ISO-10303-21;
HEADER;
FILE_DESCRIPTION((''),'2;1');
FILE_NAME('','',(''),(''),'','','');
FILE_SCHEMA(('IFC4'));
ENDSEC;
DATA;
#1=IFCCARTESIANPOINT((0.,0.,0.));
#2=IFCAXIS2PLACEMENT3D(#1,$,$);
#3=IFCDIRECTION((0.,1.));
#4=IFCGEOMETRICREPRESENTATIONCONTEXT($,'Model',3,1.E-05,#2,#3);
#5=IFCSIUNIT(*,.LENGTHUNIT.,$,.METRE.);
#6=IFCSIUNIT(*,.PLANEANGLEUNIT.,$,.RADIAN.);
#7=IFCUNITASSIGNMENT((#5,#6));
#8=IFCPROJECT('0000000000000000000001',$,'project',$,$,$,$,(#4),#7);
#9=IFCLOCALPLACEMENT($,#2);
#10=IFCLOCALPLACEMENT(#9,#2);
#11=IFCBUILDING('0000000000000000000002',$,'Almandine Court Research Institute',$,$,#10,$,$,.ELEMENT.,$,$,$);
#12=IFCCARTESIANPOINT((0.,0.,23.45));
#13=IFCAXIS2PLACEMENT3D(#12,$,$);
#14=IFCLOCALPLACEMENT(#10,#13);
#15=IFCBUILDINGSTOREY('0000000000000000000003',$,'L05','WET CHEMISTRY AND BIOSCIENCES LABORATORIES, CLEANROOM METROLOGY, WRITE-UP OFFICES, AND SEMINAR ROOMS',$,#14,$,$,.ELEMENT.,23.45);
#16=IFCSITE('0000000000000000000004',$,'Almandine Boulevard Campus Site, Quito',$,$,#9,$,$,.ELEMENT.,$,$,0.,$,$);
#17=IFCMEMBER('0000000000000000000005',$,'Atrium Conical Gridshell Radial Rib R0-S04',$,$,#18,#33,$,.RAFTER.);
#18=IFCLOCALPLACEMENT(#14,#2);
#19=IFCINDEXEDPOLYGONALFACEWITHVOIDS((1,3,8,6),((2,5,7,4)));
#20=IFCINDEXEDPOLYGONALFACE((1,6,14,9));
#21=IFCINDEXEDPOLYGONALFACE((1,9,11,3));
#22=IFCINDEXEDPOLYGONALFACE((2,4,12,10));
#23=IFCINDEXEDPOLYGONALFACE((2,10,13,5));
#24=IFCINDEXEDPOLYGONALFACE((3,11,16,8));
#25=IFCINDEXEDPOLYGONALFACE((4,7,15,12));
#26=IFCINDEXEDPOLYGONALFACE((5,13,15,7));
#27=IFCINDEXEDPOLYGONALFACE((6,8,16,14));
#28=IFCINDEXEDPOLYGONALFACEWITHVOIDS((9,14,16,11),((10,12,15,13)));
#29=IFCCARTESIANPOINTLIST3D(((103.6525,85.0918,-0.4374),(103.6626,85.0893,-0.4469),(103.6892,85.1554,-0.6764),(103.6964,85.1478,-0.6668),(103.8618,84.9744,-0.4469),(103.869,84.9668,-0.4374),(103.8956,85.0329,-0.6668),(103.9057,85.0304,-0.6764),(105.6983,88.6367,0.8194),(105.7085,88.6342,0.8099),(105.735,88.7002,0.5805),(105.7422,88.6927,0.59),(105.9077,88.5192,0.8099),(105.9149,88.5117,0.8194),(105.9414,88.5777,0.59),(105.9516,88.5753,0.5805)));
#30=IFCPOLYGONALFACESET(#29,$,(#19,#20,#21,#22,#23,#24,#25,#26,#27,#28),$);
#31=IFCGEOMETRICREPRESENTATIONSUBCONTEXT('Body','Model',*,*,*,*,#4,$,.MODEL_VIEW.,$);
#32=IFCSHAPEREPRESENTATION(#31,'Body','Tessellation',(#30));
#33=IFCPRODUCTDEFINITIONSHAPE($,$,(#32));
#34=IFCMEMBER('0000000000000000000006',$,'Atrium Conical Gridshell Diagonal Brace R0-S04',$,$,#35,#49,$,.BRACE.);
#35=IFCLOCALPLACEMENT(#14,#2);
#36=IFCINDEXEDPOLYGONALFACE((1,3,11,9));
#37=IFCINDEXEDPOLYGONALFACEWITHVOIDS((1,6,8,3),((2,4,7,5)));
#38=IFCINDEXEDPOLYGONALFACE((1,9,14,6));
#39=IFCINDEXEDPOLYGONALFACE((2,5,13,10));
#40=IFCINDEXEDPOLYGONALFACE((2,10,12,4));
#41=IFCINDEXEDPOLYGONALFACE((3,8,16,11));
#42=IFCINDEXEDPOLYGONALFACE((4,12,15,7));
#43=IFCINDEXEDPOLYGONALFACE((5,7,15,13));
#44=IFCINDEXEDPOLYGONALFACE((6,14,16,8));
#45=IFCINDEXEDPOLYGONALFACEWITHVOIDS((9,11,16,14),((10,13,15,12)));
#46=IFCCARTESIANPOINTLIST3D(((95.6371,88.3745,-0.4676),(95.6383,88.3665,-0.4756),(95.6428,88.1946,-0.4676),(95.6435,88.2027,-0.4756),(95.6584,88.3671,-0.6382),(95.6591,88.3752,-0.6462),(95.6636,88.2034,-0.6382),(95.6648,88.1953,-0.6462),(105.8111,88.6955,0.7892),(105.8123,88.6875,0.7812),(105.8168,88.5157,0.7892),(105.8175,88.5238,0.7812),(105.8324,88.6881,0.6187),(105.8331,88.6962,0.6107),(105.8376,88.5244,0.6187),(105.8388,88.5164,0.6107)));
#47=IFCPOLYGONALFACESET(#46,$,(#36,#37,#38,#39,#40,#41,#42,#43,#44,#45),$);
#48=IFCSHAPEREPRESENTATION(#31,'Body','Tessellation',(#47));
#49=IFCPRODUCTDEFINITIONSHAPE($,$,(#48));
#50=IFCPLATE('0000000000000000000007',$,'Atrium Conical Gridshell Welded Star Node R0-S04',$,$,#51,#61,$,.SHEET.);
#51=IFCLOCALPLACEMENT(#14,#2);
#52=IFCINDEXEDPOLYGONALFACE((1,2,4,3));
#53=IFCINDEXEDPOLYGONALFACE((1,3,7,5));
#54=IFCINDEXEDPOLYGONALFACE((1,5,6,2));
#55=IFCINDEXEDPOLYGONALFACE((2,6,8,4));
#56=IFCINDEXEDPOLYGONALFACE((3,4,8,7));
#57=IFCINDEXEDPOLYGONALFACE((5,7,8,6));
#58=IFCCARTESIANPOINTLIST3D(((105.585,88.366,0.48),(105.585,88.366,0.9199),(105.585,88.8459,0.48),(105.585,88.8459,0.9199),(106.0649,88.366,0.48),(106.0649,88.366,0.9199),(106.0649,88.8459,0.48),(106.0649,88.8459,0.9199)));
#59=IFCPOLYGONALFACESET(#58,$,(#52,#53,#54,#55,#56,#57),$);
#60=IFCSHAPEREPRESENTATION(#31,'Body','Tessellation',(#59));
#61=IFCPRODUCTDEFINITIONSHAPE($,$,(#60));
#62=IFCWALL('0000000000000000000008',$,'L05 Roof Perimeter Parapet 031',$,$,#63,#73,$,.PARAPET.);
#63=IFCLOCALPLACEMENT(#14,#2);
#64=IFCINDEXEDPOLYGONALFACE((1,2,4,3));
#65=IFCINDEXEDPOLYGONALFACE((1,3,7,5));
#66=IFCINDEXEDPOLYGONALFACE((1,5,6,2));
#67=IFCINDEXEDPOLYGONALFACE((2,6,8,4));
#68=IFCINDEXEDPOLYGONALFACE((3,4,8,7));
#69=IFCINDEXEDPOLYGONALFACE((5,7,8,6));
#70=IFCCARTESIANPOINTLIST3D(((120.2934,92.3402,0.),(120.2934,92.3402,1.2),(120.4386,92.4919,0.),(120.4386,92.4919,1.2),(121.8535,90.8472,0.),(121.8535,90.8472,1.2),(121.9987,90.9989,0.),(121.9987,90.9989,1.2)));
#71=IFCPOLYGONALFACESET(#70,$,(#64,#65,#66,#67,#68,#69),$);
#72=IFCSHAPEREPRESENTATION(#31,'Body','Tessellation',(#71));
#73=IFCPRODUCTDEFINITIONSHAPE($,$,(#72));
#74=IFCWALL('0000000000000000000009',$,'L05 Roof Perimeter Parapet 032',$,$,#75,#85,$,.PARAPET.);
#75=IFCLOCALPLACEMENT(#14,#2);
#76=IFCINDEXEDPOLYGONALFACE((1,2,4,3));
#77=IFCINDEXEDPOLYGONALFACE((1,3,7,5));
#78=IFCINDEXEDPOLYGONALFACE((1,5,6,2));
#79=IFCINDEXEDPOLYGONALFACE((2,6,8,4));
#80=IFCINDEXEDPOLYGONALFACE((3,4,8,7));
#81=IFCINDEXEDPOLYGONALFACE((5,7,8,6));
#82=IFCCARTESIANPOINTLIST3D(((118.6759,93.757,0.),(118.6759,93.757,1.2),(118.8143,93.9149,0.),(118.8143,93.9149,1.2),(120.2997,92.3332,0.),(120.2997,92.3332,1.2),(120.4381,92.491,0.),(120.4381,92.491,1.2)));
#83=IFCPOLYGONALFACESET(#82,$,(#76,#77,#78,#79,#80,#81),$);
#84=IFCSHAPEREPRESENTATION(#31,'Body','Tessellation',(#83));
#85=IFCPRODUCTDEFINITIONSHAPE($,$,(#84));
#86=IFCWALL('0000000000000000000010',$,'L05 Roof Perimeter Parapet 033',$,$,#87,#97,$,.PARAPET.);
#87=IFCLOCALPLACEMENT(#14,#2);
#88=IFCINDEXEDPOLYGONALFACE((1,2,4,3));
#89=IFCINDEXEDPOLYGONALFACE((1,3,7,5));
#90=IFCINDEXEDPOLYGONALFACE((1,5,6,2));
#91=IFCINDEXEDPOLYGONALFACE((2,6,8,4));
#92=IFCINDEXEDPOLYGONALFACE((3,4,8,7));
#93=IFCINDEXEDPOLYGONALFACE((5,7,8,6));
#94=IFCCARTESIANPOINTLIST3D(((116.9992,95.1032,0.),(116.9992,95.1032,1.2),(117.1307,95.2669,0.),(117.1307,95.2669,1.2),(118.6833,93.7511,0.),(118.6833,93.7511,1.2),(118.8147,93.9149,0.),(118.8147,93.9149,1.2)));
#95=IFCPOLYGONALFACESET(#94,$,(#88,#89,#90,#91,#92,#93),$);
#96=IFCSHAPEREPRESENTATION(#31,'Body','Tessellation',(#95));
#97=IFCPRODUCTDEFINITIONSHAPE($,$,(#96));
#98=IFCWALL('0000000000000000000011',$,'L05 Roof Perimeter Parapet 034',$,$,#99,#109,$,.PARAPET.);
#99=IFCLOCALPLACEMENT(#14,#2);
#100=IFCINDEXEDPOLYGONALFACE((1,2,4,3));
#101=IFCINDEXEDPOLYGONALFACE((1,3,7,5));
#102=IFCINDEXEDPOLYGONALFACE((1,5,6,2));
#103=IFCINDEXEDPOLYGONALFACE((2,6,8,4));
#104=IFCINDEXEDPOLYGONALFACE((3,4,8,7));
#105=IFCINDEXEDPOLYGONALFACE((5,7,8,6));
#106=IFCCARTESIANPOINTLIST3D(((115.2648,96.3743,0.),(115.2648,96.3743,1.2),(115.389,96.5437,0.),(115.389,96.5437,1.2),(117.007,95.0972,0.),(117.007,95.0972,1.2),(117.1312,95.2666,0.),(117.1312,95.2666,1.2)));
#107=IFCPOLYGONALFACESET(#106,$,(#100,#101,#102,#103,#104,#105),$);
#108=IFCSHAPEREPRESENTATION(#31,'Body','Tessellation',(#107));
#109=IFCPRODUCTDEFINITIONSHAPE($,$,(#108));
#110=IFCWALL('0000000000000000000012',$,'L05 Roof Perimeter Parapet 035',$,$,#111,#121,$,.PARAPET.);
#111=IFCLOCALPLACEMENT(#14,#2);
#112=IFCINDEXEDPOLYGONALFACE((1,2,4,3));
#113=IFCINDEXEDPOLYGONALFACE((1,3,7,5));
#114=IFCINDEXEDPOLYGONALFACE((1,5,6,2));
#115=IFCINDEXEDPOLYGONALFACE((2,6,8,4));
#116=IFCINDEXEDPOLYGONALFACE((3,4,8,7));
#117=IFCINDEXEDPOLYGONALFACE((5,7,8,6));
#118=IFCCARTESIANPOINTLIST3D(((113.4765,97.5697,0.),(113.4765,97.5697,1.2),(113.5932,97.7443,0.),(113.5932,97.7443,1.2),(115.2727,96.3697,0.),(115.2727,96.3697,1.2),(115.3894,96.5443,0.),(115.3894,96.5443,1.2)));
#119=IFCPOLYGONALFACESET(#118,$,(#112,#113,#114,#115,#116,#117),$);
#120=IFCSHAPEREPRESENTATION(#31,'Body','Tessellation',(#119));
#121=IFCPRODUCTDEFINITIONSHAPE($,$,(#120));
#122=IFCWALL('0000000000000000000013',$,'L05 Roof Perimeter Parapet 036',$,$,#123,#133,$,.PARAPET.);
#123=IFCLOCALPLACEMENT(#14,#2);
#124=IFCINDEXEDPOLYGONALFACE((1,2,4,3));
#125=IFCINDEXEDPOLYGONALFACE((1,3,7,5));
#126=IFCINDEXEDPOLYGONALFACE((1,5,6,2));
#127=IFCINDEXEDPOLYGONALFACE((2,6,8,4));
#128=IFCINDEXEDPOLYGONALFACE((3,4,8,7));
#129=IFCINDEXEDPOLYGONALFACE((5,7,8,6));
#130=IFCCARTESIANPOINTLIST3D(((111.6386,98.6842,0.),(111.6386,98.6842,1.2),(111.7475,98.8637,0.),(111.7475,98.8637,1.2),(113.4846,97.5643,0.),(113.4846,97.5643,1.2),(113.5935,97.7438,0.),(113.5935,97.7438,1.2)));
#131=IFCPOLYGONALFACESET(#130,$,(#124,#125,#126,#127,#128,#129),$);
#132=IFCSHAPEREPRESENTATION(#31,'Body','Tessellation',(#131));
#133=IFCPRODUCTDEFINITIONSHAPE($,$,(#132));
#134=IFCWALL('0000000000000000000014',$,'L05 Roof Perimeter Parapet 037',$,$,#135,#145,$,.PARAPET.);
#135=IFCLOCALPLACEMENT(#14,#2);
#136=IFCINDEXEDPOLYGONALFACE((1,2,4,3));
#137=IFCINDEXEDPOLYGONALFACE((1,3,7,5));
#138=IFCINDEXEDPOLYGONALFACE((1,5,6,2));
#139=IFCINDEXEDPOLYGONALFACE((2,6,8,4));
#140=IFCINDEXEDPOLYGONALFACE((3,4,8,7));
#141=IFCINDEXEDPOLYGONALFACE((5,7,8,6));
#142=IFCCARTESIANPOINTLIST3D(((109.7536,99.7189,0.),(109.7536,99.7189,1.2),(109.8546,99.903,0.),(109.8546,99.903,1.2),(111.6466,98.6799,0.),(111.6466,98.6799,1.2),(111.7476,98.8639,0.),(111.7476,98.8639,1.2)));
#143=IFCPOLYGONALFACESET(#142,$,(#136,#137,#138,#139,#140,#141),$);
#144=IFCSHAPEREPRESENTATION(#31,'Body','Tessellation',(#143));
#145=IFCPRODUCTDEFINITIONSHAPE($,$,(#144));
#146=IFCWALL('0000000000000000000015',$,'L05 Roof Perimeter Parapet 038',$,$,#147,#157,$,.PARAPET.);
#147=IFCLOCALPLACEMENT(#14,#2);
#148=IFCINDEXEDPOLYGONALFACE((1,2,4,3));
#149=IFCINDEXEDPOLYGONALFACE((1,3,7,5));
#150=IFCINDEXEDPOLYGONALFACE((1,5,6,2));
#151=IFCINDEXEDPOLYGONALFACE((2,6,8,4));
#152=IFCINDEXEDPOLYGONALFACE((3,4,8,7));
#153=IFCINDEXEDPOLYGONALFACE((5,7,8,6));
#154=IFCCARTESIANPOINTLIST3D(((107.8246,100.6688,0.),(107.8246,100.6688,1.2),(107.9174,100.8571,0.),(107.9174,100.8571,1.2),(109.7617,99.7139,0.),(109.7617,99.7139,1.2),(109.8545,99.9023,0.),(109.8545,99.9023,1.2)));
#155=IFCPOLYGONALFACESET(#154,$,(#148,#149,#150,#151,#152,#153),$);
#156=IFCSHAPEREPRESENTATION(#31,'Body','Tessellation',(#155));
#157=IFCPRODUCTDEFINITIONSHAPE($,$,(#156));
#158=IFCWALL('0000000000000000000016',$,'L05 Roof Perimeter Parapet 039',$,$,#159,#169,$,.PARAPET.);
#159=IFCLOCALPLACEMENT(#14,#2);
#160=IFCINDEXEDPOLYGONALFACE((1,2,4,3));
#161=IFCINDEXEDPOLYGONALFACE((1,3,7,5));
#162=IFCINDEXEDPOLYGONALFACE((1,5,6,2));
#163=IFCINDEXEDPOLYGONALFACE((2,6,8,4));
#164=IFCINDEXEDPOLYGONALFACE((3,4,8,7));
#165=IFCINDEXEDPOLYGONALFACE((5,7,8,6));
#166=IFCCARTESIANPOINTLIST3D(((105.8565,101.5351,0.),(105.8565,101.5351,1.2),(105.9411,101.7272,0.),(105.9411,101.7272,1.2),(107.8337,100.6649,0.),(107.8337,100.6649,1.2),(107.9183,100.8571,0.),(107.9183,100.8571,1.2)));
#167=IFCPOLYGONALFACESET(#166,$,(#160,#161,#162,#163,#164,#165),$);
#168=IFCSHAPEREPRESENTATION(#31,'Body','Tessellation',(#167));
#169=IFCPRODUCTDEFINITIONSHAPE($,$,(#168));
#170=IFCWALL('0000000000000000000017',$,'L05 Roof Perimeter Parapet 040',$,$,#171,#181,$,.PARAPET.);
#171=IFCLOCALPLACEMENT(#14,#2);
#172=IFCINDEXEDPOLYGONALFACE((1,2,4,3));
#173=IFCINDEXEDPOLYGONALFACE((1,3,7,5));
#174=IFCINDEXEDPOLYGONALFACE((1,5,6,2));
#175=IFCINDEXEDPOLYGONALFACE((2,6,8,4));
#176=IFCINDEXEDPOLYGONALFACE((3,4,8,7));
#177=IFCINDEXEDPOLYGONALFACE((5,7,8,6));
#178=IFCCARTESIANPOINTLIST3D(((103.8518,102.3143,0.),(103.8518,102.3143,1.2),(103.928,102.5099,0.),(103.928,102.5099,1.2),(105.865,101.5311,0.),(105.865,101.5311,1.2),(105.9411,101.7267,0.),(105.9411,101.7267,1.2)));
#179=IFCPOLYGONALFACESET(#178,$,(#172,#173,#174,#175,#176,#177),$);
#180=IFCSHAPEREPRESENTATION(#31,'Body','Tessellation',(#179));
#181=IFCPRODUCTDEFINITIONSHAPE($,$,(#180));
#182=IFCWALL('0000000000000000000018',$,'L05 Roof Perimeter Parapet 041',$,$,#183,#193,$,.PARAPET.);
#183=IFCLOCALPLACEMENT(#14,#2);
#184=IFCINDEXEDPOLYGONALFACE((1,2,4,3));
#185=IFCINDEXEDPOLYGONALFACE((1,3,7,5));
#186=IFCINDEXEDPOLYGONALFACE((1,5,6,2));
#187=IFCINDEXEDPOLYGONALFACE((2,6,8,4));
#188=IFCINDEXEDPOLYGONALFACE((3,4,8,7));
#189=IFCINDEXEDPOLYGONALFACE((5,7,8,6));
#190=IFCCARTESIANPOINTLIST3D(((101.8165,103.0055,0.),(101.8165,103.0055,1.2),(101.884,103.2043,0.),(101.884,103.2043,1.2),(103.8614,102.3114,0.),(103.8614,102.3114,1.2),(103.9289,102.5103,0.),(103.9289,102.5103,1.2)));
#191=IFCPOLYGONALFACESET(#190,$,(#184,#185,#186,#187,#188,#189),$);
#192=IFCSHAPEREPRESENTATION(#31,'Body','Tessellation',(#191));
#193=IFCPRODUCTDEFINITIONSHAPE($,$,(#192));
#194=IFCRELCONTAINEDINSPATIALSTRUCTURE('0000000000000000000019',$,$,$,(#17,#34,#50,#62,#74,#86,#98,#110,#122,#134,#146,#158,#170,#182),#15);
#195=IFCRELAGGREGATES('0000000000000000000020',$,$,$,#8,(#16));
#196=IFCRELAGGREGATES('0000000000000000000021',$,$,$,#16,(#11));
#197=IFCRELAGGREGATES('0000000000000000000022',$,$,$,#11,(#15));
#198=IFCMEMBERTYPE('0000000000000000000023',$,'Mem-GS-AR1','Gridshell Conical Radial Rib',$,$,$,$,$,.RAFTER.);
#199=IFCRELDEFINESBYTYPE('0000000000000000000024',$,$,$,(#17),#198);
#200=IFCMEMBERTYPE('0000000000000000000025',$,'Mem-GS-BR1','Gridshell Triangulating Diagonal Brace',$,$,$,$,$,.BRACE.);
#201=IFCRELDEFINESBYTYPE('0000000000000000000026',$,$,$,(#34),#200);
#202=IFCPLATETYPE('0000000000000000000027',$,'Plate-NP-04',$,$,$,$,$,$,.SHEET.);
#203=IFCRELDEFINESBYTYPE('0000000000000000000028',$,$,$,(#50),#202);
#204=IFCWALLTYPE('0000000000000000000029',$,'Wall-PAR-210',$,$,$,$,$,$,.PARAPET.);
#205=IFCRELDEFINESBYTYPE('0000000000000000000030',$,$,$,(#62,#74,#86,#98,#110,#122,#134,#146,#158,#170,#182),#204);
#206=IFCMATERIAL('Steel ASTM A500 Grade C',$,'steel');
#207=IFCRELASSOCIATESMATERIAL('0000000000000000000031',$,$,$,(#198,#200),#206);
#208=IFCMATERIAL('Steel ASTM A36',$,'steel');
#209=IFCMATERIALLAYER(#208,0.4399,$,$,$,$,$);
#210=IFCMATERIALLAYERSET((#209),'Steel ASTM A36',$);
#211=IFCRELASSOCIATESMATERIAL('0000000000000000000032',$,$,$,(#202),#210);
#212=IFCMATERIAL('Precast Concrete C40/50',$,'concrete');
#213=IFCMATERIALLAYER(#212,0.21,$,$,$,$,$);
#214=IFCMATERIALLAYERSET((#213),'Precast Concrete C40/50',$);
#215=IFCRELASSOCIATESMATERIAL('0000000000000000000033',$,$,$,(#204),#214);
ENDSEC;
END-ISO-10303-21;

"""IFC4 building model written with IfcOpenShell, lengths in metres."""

from ifc_helpers import new_model, si_unit, direction, frame, frame_2d, origin, origin_2d, place, context, subcontext, project, spatial, rectangle, hollow_rectangle, extrude, material, layer, layer_set, material_profile, profile_set, type_object, element, save


model = new_model("IFC4")

# Units and contexts
model_context = context("Model", 3, precision=1e-05, world=origin(), true_north=direction((0.0, 1.0)))
body_context = subcontext(model_context, "Body", "Model", "MODEL_VIEW")
ifc_project = project(units=[si_unit("LENGTHUNIT", "METRE"), si_unit("PLANEANGLEUNIT", "RADIAN")], contexts=[model_context])

# Site, building, storey
site_placement = place(None, origin())
site = spatial("IfcSite", under=ifc_project, at=site_placement, Name="Almandine Boulevard Campus Site, Quito", CompositionType="ELEMENT", RefElevation=0.0)
building_placement = place(site_placement, origin())
building = spatial("IfcBuilding", under=site, at=building_placement, Name="Almandine Court Research Institute", CompositionType="ELEMENT")
storey_placement = place(building_placement, frame((0.0, 0.0, 23.45)))
storey = spatial("IfcBuildingStorey", under=building, at=storey_placement, Name="L05", Description="WET CHEMISTRY AND BIOSCIENCES LABORATORIES, CLEANROOM METROLOGY, WRITE-UP OFFICES, AND SEMINAR ROOMS", CompositionType="ELEMENT", Elevation=23.45)

# Members
ifc_material_1 = material(Name="Steel ASTM A500 Grade C", Category="steel")
ifc_material_profile_1 = material_profile(ifc_material_1, hollow_rectangle(XDim=0.25, YDim=0.25, WallThickness=0.01, at=origin_2d()), Name="HSS 250x250x10")
ifc_profile_set_1 = profile_set([ifc_material_profile_1], Name="Steel ASTM A500 Grade C")
member_type_1 = type_object("IfcMemberType", Name="Mem-GS-AR1", Description="Gridshell Conical Radial Rib", PredefinedType="RAFTER", material=ifc_profile_set_1)
member_1_placement = place(storey_placement, frame((105.825, 88.606, 0.7), z_axis=(-0.477839, -0.82795, -0.293546), x_axis=(0.866106, -0.49986, 0.0)))
element("IfcMember", 1, at=member_1_placement, inside=storey, type_object=member_type_1, Name="Atrium Conical Gridshell Radial Rib R0-S04", PredefinedType="RAFTER", context=body_context, shape_type="SweptSolid", body=[
    extrude(hollow_rectangle(XDim=0.25, YDim=0.25, WallThickness=0.01, at=origin_2d()), origin(), (0.0, 0.0, 1.0), 4.2815),
])
ifc_material_profile_2 = material_profile(ifc_material_1, hollow_rectangle(XDim=0.1799, YDim=0.1799, WallThickness=0.0081, at=origin_2d()), Name="HSS 180x180x8")
ifc_profile_set_2 = profile_set([ifc_material_profile_2], Name="Steel ASTM A500 Grade C")
member_type_2 = type_object("IfcMemberType", Name="Mem-GS-BR1", Description="Gridshell Triangulating Diagonal Brace", PredefinedType="BRACE", material=ifc_profile_set_2)
member_2_placement = place(storey_placement, frame((105.825, 88.606, 0.7), z_axis=(-0.99197, -0.031302, -0.122541), x_axis=(0.03154, -0.999503, 0.0)))
element("IfcMember", 2, at=member_2_placement, inside=storey, type_object=member_type_2, Name="Atrium Conical Gridshell Diagonal Brace R0-S04", PredefinedType="BRACE", context=body_context, shape_type="SweptSolid", body=[
    extrude(hollow_rectangle(XDim=0.1799, YDim=0.1799, WallThickness=0.0081, at=origin_2d()), origin(), (0.0, 0.0, 1.0), 10.2563),
])

# Plate
ifc_material_2 = material(Name="Steel ASTM A36", Category="steel")
ifc_layer_1 = layer(ifc_material_2, 0.4399)
ifc_layer_set_1 = layer_set([ifc_layer_1], Name="Steel ASTM A36")
plate_type = type_object("IfcPlateType", Name="Plate-NP-04", PredefinedType="SHEET", material=ifc_layer_set_1)
plate_placement = place(storey_placement, frame((105.825, 88.606, 0.48), z_axis=(0.0, 0.0, 1.0), x_axis=(1.0, 0.0, 0.0)))
element("IfcPlate", 3, at=plate_placement, inside=storey, type_object=plate_type, Name="Atrium Conical Gridshell Welded Star Node R0-S04", PredefinedType="SHEET", context=body_context, shape_type="SweptSolid", body=[
    extrude(rectangle(XDim=0.48, YDim=0.48, at=origin_2d()), origin(), (0.0, 0.0, 1.0), 0.4399),
])

# Walls
ifc_material_3 = material(Name="Precast Concrete C40/50", Category="concrete")
ifc_layer_2 = layer(ifc_material_3, 0.21)
ifc_layer_set_2 = layer_set([ifc_layer_2], Name="Precast Concrete C40/50")
wall_type_1 = type_object("IfcWallType", Name="Wall-PAR-210", PredefinedType="PARAPET", material=ifc_layer_set_2)
wall_1_placement = place(storey_placement, frame((121.926, 90.9231, 0.0), z_axis=(0.0, 0.0, 1.0), x_axis=(-0.722482, 0.691389, 0.0)))
element("IfcWall", 4, at=wall_1_placement, inside=storey, type_object=wall_type_1, Name="L05 Roof Perimeter Parapet 031", PredefinedType="PARAPET", context=body_context, shape_type="SweptSolid", body=[
    extrude(rectangle(XDim=2.1594, YDim=0.21, at=frame_2d((1.0796, 0.0))), origin(), (0.0, 0.0, 1.0), 1.2),
])
for number, where, z_axis, x_axis, name in (
    (5, (120.3689, 92.4121, 0.0), (0.0, 0.0, 1.0), (-0.751883, 0.659297, 0.0), "L05 Roof Perimeter Parapet 032"),
    (6, (118.749, 93.833, 0.0), (0.0, 0.0, 1.0), (-0.779787, 0.626045, 0.0), "L05 Roof Perimeter Parapet 033"),
):
    element("IfcWall", number, at=place(storey_placement, frame(where, z_axis=z_axis, x_axis=x_axis)), inside=storey, type_object=wall_type_1, Name=name, PredefinedType="PARAPET", context=body_context, shape_type="SweptSolid", body=[
        extrude(rectangle(XDim=2.1597, YDim=0.21, at=frame_2d((1.0798, 0.0))), origin(), (0.0, 0.0, 1.0), 1.2),
    ])
for number, where, z_axis, x_axis, name in (
    (7, (117.0691, 95.1819, 0.0), (0.0, 0.0, 1.0), (-0.806516, 0.591212, 0.0), "L05 Roof Perimeter Parapet 034"),
    (8, (115.3311, 96.457, 0.0), (0.0, 0.0, 1.0), (-0.831511, 0.555508, 0.0), "L05 Roof Perimeter Parapet 035"),
):
    element("IfcWall", number, at=place(storey_placement, frame(where, z_axis=z_axis, x_axis=x_axis)), inside=storey, type_object=wall_type_1, Name=name, PredefinedType="PARAPET", context=body_context, shape_type="SweptSolid", body=[
        extrude(rectangle(XDim=2.1602, YDim=0.21, at=frame_2d((1.0801, 0.0))), origin(), (0.0, 0.0, 1.0), 1.2),
    ])
wall_2_placement = place(storey_placement, frame((113.5391, 97.6541, 0.0), z_axis=(0.0, 0.0, 1.0), x_axis=(-0.854968, 0.51868, 0.0)))
element("IfcWall", 9, at=wall_2_placement, inside=storey, type_object=wall_type_1, Name="L05 Roof Perimeter Parapet 036", PredefinedType="PARAPET", context=body_context, shape_type="SweptSolid", body=[
    extrude(rectangle(XDim=2.1592, YDim=0.21, at=frame_2d((1.0796, 0.0))), origin(), (0.0, 0.0, 1.0), 1.2),
])
wall_3_placement = place(storey_placement, frame((111.697, 98.772, 0.0), z_axis=(0.0, 0.0, 1.0), x_axis=(-0.876631, 0.481163, 0.0)))
element("IfcWall", 10, at=wall_3_placement, inside=storey, type_object=wall_type_1, Name="L05 Roof Perimeter Parapet 037", PredefinedType="PARAPET", context=body_context, shape_type="SweptSolid", body=[
    extrude(rectangle(XDim=2.1594, YDim=0.21, at=frame_2d((1.0796, 0.0))), origin(), (0.0, 0.0, 1.0), 1.2),
])
wall_4_placement = place(storey_placement, frame((109.8081, 99.8081, 0.0), z_axis=(0.0, 0.0, 1.0), x_axis=(-0.896945, 0.442142, 0.0)))
element("IfcWall", 11, at=wall_4_placement, inside=storey, type_object=wall_type_1, Name="L05 Roof Perimeter Parapet 038", PredefinedType="PARAPET", context=body_context, shape_type="SweptSolid", body=[
    extrude(rectangle(XDim=2.1597, YDim=0.21, at=frame_2d((1.0798, 0.0))), origin(), (0.0, 0.0, 1.0), 1.2),
])
for number, where, z_axis, x_axis, name in (
    (12, (107.876, 100.761, 0.0), (0.0, 0.0, 1.0), (-0.915278, 0.402822, 0.0), "L05 Roof Perimeter Parapet 039"),
    (13, (105.9031, 101.6289, 0.0), (0.0, 0.0, 1.0), (-0.931958, 0.362566, 0.0), "L05 Roof Perimeter Parapet 040"),
):
    element("IfcWall", number, at=place(storey_placement, frame(where, z_axis=z_axis, x_axis=x_axis)), inside=storey, type_object=wall_type_1, Name=name, PredefinedType="PARAPET", context=body_context, shape_type="SweptSolid", body=[
        extrude(rectangle(XDim=2.1602, YDim=0.21, at=frame_2d((1.0801, 0.0))), origin(), (0.0, 0.0, 1.0), 1.2),
    ])
wall_5_placement = place(storey_placement, frame((103.895, 102.4109, 0.0), z_axis=(0.0, 0.0, 1.0), x_axis=(-0.946939, 0.321412, 0.0)))
element("IfcWall", 14, at=wall_5_placement, inside=storey, type_object=wall_type_1, Name="L05 Roof Perimeter Parapet 041", PredefinedType="PARAPET", context=body_context, shape_type="SweptSolid", body=[
    extrude(rectangle(XDim=2.1594, YDim=0.21, at=frame_2d((1.0796, 0.0))), origin(), (0.0, 0.0, 1.0), 1.2),
])

save(model, "model.ifc")
